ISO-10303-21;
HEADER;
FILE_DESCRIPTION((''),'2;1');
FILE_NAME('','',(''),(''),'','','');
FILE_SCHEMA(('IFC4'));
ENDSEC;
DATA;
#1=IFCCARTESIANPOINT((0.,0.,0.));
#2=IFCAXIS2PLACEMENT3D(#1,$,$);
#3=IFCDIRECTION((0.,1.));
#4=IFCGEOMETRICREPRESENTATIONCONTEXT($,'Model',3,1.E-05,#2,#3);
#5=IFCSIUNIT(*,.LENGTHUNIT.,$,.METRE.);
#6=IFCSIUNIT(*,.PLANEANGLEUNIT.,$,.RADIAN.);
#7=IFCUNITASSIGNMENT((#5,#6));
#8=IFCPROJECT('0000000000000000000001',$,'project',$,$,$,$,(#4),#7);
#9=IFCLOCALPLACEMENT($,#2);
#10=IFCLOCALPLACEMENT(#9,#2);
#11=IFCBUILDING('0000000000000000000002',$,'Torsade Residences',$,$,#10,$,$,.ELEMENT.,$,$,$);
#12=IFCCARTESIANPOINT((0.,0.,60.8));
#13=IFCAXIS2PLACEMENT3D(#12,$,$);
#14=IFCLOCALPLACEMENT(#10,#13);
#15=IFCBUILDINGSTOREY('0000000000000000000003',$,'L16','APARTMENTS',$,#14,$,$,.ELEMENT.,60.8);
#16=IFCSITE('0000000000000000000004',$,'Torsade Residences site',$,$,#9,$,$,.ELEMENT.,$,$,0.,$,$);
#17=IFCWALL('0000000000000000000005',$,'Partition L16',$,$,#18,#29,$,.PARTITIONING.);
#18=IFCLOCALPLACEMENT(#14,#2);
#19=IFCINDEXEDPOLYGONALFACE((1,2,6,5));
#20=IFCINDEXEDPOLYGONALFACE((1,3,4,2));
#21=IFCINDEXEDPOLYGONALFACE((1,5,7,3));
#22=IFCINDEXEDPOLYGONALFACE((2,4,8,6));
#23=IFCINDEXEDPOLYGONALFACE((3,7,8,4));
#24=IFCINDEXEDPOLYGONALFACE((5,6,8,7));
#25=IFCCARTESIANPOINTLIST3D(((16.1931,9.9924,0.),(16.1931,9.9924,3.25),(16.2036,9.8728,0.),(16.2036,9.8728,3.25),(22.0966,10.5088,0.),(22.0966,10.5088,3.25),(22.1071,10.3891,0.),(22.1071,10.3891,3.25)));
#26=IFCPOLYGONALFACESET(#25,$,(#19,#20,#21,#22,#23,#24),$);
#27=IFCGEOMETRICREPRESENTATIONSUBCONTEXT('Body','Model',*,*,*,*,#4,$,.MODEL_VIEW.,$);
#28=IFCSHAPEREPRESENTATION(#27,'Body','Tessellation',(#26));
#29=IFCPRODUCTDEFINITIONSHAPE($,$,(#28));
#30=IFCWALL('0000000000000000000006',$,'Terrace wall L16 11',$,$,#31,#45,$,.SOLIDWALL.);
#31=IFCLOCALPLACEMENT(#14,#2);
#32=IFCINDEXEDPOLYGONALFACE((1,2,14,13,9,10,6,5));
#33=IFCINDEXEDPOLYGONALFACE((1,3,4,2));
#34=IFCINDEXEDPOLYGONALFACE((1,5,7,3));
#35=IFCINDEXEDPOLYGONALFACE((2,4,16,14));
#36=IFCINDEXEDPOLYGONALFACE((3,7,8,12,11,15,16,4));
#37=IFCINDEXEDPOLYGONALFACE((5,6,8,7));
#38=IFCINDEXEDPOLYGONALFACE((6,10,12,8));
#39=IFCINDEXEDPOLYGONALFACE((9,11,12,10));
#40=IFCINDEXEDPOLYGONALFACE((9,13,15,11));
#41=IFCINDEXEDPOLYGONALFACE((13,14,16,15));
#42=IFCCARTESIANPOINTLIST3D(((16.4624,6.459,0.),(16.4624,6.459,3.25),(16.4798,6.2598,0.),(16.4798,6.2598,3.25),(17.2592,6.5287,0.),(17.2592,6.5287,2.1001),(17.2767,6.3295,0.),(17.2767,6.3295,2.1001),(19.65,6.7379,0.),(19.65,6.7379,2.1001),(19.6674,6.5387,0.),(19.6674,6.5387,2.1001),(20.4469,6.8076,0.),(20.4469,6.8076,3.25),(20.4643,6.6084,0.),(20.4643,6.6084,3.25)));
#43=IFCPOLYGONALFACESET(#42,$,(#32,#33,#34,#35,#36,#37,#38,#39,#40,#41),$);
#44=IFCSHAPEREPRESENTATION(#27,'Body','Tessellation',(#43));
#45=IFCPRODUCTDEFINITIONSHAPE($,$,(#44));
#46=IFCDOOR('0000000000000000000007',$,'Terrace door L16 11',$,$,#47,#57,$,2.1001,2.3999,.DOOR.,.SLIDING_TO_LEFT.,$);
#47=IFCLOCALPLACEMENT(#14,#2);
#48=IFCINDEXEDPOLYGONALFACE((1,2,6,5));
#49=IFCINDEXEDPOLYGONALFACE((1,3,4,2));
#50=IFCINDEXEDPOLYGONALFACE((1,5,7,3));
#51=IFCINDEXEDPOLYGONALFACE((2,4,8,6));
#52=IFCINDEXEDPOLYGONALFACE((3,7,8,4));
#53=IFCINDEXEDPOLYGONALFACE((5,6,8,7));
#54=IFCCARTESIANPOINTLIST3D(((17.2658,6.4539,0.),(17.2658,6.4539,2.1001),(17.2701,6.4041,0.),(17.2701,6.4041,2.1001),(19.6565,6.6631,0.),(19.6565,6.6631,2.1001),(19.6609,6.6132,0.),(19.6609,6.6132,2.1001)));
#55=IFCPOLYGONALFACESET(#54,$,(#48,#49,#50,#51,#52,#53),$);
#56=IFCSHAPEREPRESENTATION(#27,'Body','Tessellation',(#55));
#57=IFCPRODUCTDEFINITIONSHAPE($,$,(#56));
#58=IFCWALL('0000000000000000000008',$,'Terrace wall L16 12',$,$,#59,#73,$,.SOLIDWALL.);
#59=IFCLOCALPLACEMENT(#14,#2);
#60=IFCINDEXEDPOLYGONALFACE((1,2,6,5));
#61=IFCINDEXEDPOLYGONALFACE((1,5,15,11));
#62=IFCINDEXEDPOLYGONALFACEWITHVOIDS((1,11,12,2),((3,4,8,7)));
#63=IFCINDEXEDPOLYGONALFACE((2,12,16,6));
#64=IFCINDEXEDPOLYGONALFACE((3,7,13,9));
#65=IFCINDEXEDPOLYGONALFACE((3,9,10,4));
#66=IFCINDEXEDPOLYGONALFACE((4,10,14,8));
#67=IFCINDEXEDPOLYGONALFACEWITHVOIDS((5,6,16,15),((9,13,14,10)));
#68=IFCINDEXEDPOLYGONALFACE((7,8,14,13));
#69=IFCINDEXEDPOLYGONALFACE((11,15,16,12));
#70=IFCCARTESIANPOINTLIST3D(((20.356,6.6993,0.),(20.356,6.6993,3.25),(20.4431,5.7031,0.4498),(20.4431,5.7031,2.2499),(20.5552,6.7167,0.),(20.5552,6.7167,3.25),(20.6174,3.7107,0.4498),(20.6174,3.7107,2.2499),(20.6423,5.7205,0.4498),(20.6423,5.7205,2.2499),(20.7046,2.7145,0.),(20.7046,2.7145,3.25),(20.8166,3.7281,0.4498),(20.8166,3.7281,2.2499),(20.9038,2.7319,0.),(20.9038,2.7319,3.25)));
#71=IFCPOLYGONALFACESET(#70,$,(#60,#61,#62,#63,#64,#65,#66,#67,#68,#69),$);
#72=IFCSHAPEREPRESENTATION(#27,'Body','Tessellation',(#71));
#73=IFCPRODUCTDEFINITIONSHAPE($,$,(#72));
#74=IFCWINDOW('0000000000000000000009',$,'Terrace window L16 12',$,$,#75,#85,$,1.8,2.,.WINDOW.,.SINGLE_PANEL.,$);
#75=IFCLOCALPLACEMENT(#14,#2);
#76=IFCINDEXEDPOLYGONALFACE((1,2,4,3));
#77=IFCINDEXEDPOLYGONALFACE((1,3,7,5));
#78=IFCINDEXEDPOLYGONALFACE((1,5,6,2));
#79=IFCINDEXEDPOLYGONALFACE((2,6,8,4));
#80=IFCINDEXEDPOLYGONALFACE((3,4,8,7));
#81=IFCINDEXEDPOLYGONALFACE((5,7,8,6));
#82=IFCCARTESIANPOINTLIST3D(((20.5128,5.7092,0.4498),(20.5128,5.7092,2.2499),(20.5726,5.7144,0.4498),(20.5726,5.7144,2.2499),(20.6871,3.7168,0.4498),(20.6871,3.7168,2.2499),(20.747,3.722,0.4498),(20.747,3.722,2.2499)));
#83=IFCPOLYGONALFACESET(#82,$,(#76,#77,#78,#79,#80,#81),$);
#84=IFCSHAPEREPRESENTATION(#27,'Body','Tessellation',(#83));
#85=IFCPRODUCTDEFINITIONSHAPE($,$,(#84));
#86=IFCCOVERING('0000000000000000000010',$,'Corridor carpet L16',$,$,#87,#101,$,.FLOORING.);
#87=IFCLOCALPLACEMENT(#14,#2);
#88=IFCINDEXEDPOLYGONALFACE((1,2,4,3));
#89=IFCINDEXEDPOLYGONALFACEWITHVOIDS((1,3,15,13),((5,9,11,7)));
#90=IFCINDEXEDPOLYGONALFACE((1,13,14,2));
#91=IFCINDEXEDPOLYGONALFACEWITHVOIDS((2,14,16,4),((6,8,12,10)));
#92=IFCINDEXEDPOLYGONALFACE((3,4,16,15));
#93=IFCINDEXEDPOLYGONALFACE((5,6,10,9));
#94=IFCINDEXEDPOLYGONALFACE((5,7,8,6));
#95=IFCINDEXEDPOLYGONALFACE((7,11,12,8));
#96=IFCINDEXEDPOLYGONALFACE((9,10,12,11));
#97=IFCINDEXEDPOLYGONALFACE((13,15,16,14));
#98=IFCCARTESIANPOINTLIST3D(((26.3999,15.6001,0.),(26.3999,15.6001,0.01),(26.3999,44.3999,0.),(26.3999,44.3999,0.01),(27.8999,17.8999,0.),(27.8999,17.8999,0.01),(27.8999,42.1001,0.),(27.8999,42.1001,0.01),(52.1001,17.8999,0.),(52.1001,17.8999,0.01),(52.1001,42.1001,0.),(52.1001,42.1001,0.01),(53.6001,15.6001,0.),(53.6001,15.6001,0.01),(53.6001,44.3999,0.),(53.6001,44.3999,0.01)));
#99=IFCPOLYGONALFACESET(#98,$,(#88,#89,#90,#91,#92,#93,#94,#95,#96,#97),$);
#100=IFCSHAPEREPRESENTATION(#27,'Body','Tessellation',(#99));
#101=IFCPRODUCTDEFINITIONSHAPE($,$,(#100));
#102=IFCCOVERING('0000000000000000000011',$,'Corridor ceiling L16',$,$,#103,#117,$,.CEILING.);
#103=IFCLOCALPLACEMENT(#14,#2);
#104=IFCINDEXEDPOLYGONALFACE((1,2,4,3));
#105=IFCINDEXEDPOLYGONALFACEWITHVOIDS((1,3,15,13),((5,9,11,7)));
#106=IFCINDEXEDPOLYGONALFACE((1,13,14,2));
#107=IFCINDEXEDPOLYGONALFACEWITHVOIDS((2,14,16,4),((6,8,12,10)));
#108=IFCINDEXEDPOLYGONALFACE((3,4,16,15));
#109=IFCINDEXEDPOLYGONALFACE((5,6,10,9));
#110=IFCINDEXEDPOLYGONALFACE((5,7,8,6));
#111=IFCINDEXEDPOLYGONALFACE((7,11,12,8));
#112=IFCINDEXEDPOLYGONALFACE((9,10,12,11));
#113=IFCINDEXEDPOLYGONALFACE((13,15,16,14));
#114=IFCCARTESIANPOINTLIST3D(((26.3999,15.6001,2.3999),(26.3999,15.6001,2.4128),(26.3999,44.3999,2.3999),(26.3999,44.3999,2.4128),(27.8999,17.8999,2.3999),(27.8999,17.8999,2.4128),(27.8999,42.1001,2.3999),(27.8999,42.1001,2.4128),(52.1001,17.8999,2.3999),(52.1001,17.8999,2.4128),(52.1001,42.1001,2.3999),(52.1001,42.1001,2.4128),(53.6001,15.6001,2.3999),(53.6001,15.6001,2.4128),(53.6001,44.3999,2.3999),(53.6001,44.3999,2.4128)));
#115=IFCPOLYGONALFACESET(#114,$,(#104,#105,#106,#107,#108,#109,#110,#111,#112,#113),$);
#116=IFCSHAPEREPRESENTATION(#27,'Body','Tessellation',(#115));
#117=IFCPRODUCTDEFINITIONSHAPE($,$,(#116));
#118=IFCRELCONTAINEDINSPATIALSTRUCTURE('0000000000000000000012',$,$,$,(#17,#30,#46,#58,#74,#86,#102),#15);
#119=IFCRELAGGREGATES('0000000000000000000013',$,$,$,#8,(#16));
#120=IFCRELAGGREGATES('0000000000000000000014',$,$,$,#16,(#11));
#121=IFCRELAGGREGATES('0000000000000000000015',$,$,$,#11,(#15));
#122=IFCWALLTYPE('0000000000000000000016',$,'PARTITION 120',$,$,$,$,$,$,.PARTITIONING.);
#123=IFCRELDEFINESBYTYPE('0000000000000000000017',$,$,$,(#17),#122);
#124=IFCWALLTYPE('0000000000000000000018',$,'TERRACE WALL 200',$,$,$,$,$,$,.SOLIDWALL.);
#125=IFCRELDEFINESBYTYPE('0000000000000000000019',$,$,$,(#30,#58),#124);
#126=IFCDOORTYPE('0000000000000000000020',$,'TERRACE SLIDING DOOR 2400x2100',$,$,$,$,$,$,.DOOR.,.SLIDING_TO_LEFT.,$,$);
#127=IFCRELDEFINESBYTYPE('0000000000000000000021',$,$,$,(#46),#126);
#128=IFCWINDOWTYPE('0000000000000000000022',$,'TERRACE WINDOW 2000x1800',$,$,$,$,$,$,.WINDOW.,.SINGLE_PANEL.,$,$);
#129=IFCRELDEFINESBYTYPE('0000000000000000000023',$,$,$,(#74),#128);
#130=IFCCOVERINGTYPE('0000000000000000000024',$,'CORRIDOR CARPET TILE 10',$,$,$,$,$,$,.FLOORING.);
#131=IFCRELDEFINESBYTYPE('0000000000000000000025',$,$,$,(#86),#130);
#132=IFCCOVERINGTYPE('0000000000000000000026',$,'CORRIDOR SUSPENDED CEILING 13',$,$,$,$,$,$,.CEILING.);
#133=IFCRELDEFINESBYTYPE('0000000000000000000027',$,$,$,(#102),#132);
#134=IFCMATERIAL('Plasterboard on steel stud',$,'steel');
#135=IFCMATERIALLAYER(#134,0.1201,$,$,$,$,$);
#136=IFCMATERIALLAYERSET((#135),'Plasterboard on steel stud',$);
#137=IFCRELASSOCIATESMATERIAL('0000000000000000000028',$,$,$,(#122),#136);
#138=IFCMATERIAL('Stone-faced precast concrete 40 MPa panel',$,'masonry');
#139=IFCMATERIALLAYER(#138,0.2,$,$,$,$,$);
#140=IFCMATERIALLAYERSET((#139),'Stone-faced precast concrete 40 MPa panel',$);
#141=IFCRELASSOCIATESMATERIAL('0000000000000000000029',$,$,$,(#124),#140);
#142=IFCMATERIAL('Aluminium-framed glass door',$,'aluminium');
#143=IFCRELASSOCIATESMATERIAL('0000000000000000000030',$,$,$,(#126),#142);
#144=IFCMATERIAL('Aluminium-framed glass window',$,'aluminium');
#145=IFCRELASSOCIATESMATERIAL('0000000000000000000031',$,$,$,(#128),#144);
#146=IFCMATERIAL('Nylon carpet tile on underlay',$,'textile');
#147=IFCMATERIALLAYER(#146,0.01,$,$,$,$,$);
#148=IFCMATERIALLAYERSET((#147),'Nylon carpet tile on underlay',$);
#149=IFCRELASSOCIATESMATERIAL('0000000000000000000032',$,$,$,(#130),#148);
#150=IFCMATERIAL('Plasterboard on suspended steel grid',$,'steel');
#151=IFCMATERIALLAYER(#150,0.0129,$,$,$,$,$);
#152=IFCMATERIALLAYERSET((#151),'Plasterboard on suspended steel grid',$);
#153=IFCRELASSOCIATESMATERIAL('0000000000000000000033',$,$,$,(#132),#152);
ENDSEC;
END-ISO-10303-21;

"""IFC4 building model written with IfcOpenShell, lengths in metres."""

from ifc_helpers import new_model, si_unit, direction, frame, frame_2d, origin, place, context, subcontext, project, spatial, polyline, rectangle, outline, extrude, material, layer, layer_set, type_object, element, fill, save


model = new_model("IFC4")

# Units and contexts
model_context = context("Model", 3, precision=1e-05, world=origin(), true_north=direction((0.0, 1.0)))
body_context = subcontext(model_context, "Body", "Model", "MODEL_VIEW")
ifc_project = project(units=[si_unit("LENGTHUNIT", "METRE"), si_unit("PLANEANGLEUNIT", "RADIAN")], contexts=[model_context])

# Site, building, storey
site_placement = place(None, origin())
site = spatial("IfcSite", under=ifc_project, at=site_placement, Name="Torsade Residences site", CompositionType="ELEMENT", RefElevation=0.0)
building_placement = place(site_placement, origin())
building = spatial("IfcBuilding", under=site, at=building_placement, Name="Torsade Residences", CompositionType="ELEMENT")
storey_placement = place(building_placement, frame((0.0, 0.0, 60.8)))
storey = spatial("IfcBuildingStorey", under=building, at=storey_placement, Name="L16", Description="APARTMENTS", CompositionType="ELEMENT", Elevation=60.8)

# Wall
ifc_material_1 = material(Name="Plasterboard on steel stud", Category="steel")
ifc_layer_1 = layer(ifc_material_1, 0.1201)
ifc_layer_set_1 = layer_set([ifc_layer_1], Name="Plasterboard on steel stud")
wall_type_1 = type_object("IfcWallType", Name="PARTITION 120", PredefinedType="PARTITIONING", material=ifc_layer_set_1)
wall_1_placement = place(storey_placement, frame((16.1985, 9.9326, 0.0), z_axis=(0.0, 0.0, 1.0), x_axis=(0.996197, 0.087133, 0.0)))
element("IfcWall", 1, at=wall_1_placement, inside=storey, type_object=wall_type_1, Name="Partition L16", PredefinedType="PARTITIONING", context=body_context, shape_type="SweptSolid", body=[
    extrude(rectangle(XDim=5.926, YDim=0.1201, at=frame_2d((2.9629, 0.0))), origin(), (0.0, 0.0, 1.0), 3.25),
])

# Wall, opening, door
ifc_material_2 = material(Name="Stone-faced precast concrete 40 MPa panel", Category="masonry")
ifc_layer_2 = layer(ifc_material_2, 0.2)
ifc_layer_set_2 = layer_set([ifc_layer_2], Name="Stone-faced precast concrete 40 MPa panel")
wall_type_2 = type_object("IfcWallType", Name="TERRACE WALL 200", PredefinedType="SOLIDWALL", material=ifc_layer_set_2)
wall_2_placement = place(storey_placement, frame((16.4709, 6.3594, 0.0), z_axis=(0.0, 0.0, 1.0), x_axis=(0.996194, 0.087162, 0.0)))
wall_2 = element("IfcWall", 2, at=wall_2_placement, inside=storey, type_object=wall_type_2, Name="Terrace wall L16 11", PredefinedType="SOLIDWALL", context=body_context, shape_type="SweptSolid", body=[
    extrude(rectangle(XDim=3.9998, YDim=0.2, at=frame_2d((2.0, 0.0))), origin(), (0.0, 0.0, 1.0), 3.25),
])
opening_1_placement = place(wall_2_placement, frame((0.8, 0.0, 0.0)))
opening_1 = element("IfcOpeningElement", 3, at=opening_1_placement, cuts=wall_2, PredefinedType="OPENING", context=body_context, shape_type="SweptSolid", body=[
    extrude(rectangle(XDim=2.3999, YDim=2.1001, at=frame_2d((1.2, 1.05))), frame((0.0, 0.1099, 0.0), z_axis=(0.0, -1.0, 0.0), x_axis=(1.0, 0.0, 0.0)), (0.0, 0.0, 1.0), 0.22),
])
ifc_material_3 = material(Name="Aluminium-framed glass door", Category="aluminium")
door_type = type_object("IfcDoorType", Name="TERRACE SLIDING DOOR 2400x2100", OperationType="SLIDING_TO_LEFT", PredefinedType="DOOR", material=ifc_material_3)
door_placement = place(opening_1_placement, origin())
door = element("IfcDoor", 4, at=door_placement, inside=storey, type_object=door_type, Name="Terrace door L16 11", OperationType="SLIDING_TO_LEFT", OverallHeight=2.1001, OverallWidth=2.3999, PredefinedType="DOOR", context=body_context, shape_type="SweptSolid", body=[
    extrude(rectangle(XDim=2.3999, YDim=2.1001, at=frame_2d((1.2, 1.05))), frame((0.0, 0.0249, 0.0), z_axis=(0.0, -1.0, 0.0), x_axis=(1.0, 0.0, 0.0)), (0.0, 0.0, 1.0), 0.05),
])
fill(opening_1, door)

# Wall, opening, window
wall_3_placement = place(storey_placement, frame((20.4556, 6.708, 0.0), z_axis=(0.0, 0.0, 1.0), x_axis=(0.087156, -0.996195, 0.0)))
wall_3 = element("IfcWall", 5, at=wall_3_placement, inside=storey, type_object=wall_type_2, Name="Terrace wall L16 12", PredefinedType="SOLIDWALL", context=body_context, shape_type="SweptSolid", body=[
    extrude(rectangle(XDim=4.0, YDim=0.2, at=frame_2d((2.0, 0.0))), origin(), (0.0, 0.0, 1.0), 3.25),
])
opening_2_placement = place(wall_3_placement, frame((1.0, 0.0, 0.45)))
opening_2 = element("IfcOpeningElement", 6, at=opening_2_placement, cuts=wall_3, PredefinedType="OPENING", context=body_context, shape_type="SweptSolid", body=[
    extrude(rectangle(XDim=2.0, YDim=1.8, at=frame_2d((1.0, 0.8999))), frame((0.0, 0.1099, 0.0), z_axis=(0.0, -1.0, 0.0), x_axis=(1.0, 0.0, 0.0)), (0.0, 0.0, 1.0), 0.22),
])
ifc_material_4 = material(Name="Aluminium-framed glass window", Category="aluminium")
window_type = type_object("IfcWindowType", Name="TERRACE WINDOW 2000x1800", PartitioningType="SINGLE_PANEL", PredefinedType="WINDOW", material=ifc_material_4)
window_placement = place(opening_2_placement, origin())
window = element("IfcWindow", 7, at=window_placement, inside=storey, type_object=window_type, Name="Terrace window L16 12", OverallHeight=1.8, OverallWidth=2.0, PartitioningType="SINGLE_PANEL", PredefinedType="WINDOW", context=body_context, shape_type="SweptSolid", body=[
    extrude(rectangle(XDim=2.0, YDim=1.8, at=frame_2d((1.0, 0.8999))), frame((0.0, 0.03, 0.0), z_axis=(0.0, -1.0, 0.0), x_axis=(1.0, 0.0, 0.0)), (0.0, 0.0, 1.0), 0.0601),
])
fill(opening_2, window)

# Coverings
ifc_material_5 = material(Name="Nylon carpet tile on underlay", Category="textile")
ifc_layer_3 = layer(ifc_material_5, 0.01)
ifc_layer_set_3 = layer_set([ifc_layer_3], Name="Nylon carpet tile on underlay")
covering_type_1 = type_object("IfcCoveringType", Name="CORRIDOR CARPET TILE 10", PredefinedType="FLOORING", material=ifc_layer_set_3)
covering_1_placement = place(storey_placement, origin())
element("IfcCovering", 8, at=covering_1_placement, inside=storey, type_object=covering_type_1, Name="Corridor carpet L16", PredefinedType="FLOORING", context=body_context, shape_type="SweptSolid", body=[
    extrude(outline(polyline([(53.6001, 15.6001), (53.6001, 44.3999), (26.3999, 44.3999), (26.3999, 15.6001), (53.6001, 15.6001)]), holes=[polyline([(52.1001, 42.1001), (27.8999, 42.1001), (27.8999, 17.8999), (52.1001, 17.8999), (52.1001, 42.1001)])]), origin(), (0.0, 0.0, 1.0), 0.01),
])
ifc_material_6 = material(Name="Plasterboard on suspended steel grid", Category="steel")
ifc_layer_4 = layer(ifc_material_6, 0.0129)
ifc_layer_set_4 = layer_set([ifc_layer_4], Name="Plasterboard on suspended steel grid")
covering_type_2 = type_object("IfcCoveringType", Name="CORRIDOR SUSPENDED CEILING 13", PredefinedType="CEILING", material=ifc_layer_set_4)
covering_2_placement = place(storey_placement, frame((0.0, 0.0, 2.3999)))
element("IfcCovering", 9, at=covering_2_placement, inside=storey, type_object=covering_type_2, Name="Corridor ceiling L16", PredefinedType="CEILING", context=body_context, shape_type="SweptSolid", body=[
    extrude(outline(polyline([(53.6001, 15.6001), (53.6001, 44.3999), (26.3999, 44.3999), (26.3999, 15.6001), (53.6001, 15.6001)]), holes=[polyline([(52.1001, 42.1001), (27.8999, 42.1001), (27.8999, 17.8999), (52.1001, 17.8999), (52.1001, 42.1001)])]), origin(), (0.0, 0.0, 1.0), 0.0129),
])

save(model, "model.ifc")
